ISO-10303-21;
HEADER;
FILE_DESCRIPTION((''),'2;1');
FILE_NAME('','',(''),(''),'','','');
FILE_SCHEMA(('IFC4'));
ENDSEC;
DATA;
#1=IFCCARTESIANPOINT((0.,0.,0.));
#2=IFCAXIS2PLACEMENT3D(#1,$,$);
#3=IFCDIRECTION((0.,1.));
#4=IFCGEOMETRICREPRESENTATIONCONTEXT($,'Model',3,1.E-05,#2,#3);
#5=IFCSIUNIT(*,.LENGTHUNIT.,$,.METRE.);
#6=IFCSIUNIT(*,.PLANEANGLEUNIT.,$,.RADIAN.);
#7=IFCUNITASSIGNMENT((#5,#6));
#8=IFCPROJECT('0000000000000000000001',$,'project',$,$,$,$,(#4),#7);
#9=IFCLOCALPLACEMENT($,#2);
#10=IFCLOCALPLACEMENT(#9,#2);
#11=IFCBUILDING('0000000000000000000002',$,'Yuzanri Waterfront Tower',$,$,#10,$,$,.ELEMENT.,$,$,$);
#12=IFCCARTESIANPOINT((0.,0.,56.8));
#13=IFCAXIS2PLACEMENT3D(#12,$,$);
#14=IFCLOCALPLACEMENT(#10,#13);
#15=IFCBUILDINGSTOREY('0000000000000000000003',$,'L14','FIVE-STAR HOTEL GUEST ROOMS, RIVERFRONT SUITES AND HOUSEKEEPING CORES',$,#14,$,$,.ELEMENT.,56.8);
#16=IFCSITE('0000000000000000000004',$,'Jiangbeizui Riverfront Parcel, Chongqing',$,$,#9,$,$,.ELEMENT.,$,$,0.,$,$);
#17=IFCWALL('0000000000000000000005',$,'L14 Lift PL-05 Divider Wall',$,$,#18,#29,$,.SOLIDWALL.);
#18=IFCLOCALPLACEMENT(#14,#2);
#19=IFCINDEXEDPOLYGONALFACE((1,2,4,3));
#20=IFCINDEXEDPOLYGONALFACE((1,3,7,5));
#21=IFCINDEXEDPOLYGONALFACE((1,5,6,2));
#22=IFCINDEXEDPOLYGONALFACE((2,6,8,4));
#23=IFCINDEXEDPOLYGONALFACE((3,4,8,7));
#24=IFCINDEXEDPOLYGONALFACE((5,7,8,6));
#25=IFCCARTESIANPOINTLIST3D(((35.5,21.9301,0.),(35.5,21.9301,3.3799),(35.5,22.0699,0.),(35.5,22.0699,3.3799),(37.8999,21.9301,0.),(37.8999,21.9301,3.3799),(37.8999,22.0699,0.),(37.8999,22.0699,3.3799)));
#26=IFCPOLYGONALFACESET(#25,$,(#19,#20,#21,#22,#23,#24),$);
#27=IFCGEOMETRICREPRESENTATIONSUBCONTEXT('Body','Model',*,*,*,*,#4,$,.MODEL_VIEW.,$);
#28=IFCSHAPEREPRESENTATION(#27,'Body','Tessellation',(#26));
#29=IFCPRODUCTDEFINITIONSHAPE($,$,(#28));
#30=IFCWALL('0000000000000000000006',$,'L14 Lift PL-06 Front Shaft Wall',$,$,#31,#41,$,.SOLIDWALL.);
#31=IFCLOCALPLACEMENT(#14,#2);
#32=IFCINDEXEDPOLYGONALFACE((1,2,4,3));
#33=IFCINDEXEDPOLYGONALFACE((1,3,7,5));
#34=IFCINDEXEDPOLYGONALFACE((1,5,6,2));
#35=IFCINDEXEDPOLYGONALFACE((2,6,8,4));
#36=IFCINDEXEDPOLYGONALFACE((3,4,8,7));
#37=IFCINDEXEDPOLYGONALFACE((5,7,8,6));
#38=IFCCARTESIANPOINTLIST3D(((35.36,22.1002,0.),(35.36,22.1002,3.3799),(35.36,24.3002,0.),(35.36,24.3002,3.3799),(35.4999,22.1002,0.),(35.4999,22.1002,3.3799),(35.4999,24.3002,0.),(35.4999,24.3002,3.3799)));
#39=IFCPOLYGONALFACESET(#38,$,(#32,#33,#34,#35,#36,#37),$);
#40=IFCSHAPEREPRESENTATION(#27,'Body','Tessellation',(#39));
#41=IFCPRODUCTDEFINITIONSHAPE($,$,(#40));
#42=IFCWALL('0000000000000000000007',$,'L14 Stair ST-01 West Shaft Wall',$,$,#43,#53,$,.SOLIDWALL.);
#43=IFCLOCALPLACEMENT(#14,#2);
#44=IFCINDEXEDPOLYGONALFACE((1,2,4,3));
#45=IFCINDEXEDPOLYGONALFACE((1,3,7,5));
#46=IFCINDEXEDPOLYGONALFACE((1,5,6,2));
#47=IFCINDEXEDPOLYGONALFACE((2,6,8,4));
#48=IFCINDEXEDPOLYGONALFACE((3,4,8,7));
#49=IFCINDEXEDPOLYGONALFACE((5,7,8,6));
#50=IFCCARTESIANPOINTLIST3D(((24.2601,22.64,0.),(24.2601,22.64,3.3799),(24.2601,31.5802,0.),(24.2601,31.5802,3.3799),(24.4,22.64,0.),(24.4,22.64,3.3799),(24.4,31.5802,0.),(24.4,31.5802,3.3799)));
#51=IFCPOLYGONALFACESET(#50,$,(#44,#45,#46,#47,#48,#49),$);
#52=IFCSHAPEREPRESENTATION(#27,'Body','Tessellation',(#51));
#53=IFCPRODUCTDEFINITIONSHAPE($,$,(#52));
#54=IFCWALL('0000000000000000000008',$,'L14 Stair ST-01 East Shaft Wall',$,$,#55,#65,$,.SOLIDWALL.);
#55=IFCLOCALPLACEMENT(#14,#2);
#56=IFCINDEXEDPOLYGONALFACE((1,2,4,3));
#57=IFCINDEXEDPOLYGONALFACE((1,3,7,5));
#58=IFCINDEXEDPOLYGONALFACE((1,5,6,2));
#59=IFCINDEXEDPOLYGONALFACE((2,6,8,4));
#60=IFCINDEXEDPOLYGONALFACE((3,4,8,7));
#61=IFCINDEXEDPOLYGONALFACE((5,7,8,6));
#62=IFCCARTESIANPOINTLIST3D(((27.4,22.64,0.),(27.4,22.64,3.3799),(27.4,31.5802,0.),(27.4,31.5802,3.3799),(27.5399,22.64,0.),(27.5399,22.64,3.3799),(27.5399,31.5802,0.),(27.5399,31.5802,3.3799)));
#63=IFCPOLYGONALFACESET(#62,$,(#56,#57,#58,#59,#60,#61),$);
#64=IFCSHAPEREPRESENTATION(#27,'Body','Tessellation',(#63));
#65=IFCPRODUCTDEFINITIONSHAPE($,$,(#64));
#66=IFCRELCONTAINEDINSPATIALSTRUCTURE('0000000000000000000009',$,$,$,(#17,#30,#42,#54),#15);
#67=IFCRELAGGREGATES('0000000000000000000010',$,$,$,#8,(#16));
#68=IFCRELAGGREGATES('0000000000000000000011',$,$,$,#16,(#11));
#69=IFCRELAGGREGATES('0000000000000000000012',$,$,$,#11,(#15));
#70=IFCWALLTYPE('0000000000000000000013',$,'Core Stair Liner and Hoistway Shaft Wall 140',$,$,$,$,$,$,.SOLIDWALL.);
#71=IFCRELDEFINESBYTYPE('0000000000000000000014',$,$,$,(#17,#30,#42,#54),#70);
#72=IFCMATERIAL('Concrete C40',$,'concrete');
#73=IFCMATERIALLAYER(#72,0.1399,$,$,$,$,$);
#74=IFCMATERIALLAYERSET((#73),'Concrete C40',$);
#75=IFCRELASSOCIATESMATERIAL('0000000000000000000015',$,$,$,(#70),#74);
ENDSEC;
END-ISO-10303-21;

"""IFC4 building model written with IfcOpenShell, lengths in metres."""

from ifc_helpers import new_model, si_unit, direction, frame, frame_2d, origin, place, context, subcontext, project, spatial, rectangle, extrude, source, transform, mapped, material, layer, layer_set, type_object, element, save


model = new_model("IFC4")

# Units and contexts
model_context = context("Model", 3, precision=1e-05, world=origin(), true_north=direction((0.0, 1.0)))
body_context = subcontext(model_context, "Body", "Model", "MODEL_VIEW")
ifc_project = project(units=[si_unit("LENGTHUNIT", "METRE"), si_unit("PLANEANGLEUNIT", "RADIAN")], contexts=[model_context])

# Site, building, storey
site_placement = place(None, origin())
site = spatial("IfcSite", under=ifc_project, at=site_placement, Name="Jiangbeizui Riverfront Parcel, Chongqing", CompositionType="ELEMENT", RefElevation=0.0)
building_placement = place(site_placement, origin())
building = spatial("IfcBuilding", under=site, at=building_placement, Name="Yuzanri Waterfront Tower", CompositionType="ELEMENT")
storey_placement = place(building_placement, frame((0.0, 0.0, 56.8)))
storey = spatial("IfcBuildingStorey", under=building, at=storey_placement, Name="L14", Description="FIVE-STAR HOTEL GUEST ROOMS, RIVERFRONT SUITES AND HOUSEKEEPING CORES", CompositionType="ELEMENT", Elevation=56.8)

# Shared definitions
ifc_material_1 = material(Name="Concrete C40", Category="concrete")
ifc_layer_1 = layer(ifc_material_1, 0.1399)
ifc_layer_set_1 = layer_set([ifc_layer_1], Name="Concrete C40")
wall_type_1 = type_object("IfcWallType", Name="Core Stair Liner and Hoistway Shaft Wall 140", PredefinedType="SOLIDWALL", material=ifc_layer_set_1)

# Walls
shared_shape_1 = source(origin(), body_context, "Body", "SweptSolid", [
    extrude(rectangle(XDim=2.3999, YDim=0.1399, at=frame_2d((1.2, 0.0))), origin(), (0.0, 0.0, 1.0), 3.3799),
])
wall_1_placement = place(storey_placement, frame((35.5, 22.0, 0.0), z_axis=(0.0, 0.0, 1.0), x_axis=(1.0, 0.0, 0.0)))
element("IfcWall", 1, at=wall_1_placement, inside=storey, type_object=wall_type_1, Name="L14 Lift PL-05 Divider Wall", PredefinedType="SOLIDWALL", context=body_context, shape_type="MappedRepresentation", body=[
    mapped(shared_shape_1, transform((0.0, 0.0, 0.0), scale=1.0)),
])
shared_shape_2 = source(origin(), body_context, "Body", "SweptSolid", [
    extrude(rectangle(XDim=2.2, YDim=0.1399, at=frame_2d((1.1001, 0.0))), origin(), (0.0, 0.0, 1.0), 3.3799),
])
wall_2_placement = place(storey_placement, frame((35.4299, 22.1001, 0.0), z_axis=(0.0, 0.0, 1.0), x_axis=(0.0, 1.0, 0.0)))
element("IfcWall", 2, at=wall_2_placement, inside=storey, type_object=wall_type_1, Name="L14 Lift PL-06 Front Shaft Wall", PredefinedType="SOLIDWALL", context=body_context, shape_type="MappedRepresentation", body=[
    mapped(shared_shape_2, transform((0.0, 0.0, 0.0), scale=1.0)),
])
shared_shape_3 = source(origin(), body_context, "Body", "SweptSolid", [
    extrude(rectangle(XDim=8.9402, YDim=0.1399, at=frame_2d((4.4702, 0.0))), origin(), (0.0, 0.0, 1.0), 3.3799),
])
for number, where, z_axis, x_axis, name in (
    (3, (24.3301, 22.6399, 0.0), (0.0, 0.0, 1.0), (0.0, 1.0, 0.0), "L14 Stair ST-01 West Shaft Wall"),
    (4, (27.47, 22.6399, 0.0), (0.0, 0.0, 1.0), (0.0, 1.0, 0.0), "L14 Stair ST-01 East Shaft Wall"),
):
    element("IfcWall", number, at=place(storey_placement, frame(where, z_axis=z_axis, x_axis=x_axis)), inside=storey, type_object=wall_type_1, Name=name, PredefinedType="SOLIDWALL", context=body_context, shape_type="MappedRepresentation", body=[
        mapped(shared_shape_3, transform((0.0, 0.0, 0.0), scale=1.0)),
    ])

save(model, "model.ifc")
